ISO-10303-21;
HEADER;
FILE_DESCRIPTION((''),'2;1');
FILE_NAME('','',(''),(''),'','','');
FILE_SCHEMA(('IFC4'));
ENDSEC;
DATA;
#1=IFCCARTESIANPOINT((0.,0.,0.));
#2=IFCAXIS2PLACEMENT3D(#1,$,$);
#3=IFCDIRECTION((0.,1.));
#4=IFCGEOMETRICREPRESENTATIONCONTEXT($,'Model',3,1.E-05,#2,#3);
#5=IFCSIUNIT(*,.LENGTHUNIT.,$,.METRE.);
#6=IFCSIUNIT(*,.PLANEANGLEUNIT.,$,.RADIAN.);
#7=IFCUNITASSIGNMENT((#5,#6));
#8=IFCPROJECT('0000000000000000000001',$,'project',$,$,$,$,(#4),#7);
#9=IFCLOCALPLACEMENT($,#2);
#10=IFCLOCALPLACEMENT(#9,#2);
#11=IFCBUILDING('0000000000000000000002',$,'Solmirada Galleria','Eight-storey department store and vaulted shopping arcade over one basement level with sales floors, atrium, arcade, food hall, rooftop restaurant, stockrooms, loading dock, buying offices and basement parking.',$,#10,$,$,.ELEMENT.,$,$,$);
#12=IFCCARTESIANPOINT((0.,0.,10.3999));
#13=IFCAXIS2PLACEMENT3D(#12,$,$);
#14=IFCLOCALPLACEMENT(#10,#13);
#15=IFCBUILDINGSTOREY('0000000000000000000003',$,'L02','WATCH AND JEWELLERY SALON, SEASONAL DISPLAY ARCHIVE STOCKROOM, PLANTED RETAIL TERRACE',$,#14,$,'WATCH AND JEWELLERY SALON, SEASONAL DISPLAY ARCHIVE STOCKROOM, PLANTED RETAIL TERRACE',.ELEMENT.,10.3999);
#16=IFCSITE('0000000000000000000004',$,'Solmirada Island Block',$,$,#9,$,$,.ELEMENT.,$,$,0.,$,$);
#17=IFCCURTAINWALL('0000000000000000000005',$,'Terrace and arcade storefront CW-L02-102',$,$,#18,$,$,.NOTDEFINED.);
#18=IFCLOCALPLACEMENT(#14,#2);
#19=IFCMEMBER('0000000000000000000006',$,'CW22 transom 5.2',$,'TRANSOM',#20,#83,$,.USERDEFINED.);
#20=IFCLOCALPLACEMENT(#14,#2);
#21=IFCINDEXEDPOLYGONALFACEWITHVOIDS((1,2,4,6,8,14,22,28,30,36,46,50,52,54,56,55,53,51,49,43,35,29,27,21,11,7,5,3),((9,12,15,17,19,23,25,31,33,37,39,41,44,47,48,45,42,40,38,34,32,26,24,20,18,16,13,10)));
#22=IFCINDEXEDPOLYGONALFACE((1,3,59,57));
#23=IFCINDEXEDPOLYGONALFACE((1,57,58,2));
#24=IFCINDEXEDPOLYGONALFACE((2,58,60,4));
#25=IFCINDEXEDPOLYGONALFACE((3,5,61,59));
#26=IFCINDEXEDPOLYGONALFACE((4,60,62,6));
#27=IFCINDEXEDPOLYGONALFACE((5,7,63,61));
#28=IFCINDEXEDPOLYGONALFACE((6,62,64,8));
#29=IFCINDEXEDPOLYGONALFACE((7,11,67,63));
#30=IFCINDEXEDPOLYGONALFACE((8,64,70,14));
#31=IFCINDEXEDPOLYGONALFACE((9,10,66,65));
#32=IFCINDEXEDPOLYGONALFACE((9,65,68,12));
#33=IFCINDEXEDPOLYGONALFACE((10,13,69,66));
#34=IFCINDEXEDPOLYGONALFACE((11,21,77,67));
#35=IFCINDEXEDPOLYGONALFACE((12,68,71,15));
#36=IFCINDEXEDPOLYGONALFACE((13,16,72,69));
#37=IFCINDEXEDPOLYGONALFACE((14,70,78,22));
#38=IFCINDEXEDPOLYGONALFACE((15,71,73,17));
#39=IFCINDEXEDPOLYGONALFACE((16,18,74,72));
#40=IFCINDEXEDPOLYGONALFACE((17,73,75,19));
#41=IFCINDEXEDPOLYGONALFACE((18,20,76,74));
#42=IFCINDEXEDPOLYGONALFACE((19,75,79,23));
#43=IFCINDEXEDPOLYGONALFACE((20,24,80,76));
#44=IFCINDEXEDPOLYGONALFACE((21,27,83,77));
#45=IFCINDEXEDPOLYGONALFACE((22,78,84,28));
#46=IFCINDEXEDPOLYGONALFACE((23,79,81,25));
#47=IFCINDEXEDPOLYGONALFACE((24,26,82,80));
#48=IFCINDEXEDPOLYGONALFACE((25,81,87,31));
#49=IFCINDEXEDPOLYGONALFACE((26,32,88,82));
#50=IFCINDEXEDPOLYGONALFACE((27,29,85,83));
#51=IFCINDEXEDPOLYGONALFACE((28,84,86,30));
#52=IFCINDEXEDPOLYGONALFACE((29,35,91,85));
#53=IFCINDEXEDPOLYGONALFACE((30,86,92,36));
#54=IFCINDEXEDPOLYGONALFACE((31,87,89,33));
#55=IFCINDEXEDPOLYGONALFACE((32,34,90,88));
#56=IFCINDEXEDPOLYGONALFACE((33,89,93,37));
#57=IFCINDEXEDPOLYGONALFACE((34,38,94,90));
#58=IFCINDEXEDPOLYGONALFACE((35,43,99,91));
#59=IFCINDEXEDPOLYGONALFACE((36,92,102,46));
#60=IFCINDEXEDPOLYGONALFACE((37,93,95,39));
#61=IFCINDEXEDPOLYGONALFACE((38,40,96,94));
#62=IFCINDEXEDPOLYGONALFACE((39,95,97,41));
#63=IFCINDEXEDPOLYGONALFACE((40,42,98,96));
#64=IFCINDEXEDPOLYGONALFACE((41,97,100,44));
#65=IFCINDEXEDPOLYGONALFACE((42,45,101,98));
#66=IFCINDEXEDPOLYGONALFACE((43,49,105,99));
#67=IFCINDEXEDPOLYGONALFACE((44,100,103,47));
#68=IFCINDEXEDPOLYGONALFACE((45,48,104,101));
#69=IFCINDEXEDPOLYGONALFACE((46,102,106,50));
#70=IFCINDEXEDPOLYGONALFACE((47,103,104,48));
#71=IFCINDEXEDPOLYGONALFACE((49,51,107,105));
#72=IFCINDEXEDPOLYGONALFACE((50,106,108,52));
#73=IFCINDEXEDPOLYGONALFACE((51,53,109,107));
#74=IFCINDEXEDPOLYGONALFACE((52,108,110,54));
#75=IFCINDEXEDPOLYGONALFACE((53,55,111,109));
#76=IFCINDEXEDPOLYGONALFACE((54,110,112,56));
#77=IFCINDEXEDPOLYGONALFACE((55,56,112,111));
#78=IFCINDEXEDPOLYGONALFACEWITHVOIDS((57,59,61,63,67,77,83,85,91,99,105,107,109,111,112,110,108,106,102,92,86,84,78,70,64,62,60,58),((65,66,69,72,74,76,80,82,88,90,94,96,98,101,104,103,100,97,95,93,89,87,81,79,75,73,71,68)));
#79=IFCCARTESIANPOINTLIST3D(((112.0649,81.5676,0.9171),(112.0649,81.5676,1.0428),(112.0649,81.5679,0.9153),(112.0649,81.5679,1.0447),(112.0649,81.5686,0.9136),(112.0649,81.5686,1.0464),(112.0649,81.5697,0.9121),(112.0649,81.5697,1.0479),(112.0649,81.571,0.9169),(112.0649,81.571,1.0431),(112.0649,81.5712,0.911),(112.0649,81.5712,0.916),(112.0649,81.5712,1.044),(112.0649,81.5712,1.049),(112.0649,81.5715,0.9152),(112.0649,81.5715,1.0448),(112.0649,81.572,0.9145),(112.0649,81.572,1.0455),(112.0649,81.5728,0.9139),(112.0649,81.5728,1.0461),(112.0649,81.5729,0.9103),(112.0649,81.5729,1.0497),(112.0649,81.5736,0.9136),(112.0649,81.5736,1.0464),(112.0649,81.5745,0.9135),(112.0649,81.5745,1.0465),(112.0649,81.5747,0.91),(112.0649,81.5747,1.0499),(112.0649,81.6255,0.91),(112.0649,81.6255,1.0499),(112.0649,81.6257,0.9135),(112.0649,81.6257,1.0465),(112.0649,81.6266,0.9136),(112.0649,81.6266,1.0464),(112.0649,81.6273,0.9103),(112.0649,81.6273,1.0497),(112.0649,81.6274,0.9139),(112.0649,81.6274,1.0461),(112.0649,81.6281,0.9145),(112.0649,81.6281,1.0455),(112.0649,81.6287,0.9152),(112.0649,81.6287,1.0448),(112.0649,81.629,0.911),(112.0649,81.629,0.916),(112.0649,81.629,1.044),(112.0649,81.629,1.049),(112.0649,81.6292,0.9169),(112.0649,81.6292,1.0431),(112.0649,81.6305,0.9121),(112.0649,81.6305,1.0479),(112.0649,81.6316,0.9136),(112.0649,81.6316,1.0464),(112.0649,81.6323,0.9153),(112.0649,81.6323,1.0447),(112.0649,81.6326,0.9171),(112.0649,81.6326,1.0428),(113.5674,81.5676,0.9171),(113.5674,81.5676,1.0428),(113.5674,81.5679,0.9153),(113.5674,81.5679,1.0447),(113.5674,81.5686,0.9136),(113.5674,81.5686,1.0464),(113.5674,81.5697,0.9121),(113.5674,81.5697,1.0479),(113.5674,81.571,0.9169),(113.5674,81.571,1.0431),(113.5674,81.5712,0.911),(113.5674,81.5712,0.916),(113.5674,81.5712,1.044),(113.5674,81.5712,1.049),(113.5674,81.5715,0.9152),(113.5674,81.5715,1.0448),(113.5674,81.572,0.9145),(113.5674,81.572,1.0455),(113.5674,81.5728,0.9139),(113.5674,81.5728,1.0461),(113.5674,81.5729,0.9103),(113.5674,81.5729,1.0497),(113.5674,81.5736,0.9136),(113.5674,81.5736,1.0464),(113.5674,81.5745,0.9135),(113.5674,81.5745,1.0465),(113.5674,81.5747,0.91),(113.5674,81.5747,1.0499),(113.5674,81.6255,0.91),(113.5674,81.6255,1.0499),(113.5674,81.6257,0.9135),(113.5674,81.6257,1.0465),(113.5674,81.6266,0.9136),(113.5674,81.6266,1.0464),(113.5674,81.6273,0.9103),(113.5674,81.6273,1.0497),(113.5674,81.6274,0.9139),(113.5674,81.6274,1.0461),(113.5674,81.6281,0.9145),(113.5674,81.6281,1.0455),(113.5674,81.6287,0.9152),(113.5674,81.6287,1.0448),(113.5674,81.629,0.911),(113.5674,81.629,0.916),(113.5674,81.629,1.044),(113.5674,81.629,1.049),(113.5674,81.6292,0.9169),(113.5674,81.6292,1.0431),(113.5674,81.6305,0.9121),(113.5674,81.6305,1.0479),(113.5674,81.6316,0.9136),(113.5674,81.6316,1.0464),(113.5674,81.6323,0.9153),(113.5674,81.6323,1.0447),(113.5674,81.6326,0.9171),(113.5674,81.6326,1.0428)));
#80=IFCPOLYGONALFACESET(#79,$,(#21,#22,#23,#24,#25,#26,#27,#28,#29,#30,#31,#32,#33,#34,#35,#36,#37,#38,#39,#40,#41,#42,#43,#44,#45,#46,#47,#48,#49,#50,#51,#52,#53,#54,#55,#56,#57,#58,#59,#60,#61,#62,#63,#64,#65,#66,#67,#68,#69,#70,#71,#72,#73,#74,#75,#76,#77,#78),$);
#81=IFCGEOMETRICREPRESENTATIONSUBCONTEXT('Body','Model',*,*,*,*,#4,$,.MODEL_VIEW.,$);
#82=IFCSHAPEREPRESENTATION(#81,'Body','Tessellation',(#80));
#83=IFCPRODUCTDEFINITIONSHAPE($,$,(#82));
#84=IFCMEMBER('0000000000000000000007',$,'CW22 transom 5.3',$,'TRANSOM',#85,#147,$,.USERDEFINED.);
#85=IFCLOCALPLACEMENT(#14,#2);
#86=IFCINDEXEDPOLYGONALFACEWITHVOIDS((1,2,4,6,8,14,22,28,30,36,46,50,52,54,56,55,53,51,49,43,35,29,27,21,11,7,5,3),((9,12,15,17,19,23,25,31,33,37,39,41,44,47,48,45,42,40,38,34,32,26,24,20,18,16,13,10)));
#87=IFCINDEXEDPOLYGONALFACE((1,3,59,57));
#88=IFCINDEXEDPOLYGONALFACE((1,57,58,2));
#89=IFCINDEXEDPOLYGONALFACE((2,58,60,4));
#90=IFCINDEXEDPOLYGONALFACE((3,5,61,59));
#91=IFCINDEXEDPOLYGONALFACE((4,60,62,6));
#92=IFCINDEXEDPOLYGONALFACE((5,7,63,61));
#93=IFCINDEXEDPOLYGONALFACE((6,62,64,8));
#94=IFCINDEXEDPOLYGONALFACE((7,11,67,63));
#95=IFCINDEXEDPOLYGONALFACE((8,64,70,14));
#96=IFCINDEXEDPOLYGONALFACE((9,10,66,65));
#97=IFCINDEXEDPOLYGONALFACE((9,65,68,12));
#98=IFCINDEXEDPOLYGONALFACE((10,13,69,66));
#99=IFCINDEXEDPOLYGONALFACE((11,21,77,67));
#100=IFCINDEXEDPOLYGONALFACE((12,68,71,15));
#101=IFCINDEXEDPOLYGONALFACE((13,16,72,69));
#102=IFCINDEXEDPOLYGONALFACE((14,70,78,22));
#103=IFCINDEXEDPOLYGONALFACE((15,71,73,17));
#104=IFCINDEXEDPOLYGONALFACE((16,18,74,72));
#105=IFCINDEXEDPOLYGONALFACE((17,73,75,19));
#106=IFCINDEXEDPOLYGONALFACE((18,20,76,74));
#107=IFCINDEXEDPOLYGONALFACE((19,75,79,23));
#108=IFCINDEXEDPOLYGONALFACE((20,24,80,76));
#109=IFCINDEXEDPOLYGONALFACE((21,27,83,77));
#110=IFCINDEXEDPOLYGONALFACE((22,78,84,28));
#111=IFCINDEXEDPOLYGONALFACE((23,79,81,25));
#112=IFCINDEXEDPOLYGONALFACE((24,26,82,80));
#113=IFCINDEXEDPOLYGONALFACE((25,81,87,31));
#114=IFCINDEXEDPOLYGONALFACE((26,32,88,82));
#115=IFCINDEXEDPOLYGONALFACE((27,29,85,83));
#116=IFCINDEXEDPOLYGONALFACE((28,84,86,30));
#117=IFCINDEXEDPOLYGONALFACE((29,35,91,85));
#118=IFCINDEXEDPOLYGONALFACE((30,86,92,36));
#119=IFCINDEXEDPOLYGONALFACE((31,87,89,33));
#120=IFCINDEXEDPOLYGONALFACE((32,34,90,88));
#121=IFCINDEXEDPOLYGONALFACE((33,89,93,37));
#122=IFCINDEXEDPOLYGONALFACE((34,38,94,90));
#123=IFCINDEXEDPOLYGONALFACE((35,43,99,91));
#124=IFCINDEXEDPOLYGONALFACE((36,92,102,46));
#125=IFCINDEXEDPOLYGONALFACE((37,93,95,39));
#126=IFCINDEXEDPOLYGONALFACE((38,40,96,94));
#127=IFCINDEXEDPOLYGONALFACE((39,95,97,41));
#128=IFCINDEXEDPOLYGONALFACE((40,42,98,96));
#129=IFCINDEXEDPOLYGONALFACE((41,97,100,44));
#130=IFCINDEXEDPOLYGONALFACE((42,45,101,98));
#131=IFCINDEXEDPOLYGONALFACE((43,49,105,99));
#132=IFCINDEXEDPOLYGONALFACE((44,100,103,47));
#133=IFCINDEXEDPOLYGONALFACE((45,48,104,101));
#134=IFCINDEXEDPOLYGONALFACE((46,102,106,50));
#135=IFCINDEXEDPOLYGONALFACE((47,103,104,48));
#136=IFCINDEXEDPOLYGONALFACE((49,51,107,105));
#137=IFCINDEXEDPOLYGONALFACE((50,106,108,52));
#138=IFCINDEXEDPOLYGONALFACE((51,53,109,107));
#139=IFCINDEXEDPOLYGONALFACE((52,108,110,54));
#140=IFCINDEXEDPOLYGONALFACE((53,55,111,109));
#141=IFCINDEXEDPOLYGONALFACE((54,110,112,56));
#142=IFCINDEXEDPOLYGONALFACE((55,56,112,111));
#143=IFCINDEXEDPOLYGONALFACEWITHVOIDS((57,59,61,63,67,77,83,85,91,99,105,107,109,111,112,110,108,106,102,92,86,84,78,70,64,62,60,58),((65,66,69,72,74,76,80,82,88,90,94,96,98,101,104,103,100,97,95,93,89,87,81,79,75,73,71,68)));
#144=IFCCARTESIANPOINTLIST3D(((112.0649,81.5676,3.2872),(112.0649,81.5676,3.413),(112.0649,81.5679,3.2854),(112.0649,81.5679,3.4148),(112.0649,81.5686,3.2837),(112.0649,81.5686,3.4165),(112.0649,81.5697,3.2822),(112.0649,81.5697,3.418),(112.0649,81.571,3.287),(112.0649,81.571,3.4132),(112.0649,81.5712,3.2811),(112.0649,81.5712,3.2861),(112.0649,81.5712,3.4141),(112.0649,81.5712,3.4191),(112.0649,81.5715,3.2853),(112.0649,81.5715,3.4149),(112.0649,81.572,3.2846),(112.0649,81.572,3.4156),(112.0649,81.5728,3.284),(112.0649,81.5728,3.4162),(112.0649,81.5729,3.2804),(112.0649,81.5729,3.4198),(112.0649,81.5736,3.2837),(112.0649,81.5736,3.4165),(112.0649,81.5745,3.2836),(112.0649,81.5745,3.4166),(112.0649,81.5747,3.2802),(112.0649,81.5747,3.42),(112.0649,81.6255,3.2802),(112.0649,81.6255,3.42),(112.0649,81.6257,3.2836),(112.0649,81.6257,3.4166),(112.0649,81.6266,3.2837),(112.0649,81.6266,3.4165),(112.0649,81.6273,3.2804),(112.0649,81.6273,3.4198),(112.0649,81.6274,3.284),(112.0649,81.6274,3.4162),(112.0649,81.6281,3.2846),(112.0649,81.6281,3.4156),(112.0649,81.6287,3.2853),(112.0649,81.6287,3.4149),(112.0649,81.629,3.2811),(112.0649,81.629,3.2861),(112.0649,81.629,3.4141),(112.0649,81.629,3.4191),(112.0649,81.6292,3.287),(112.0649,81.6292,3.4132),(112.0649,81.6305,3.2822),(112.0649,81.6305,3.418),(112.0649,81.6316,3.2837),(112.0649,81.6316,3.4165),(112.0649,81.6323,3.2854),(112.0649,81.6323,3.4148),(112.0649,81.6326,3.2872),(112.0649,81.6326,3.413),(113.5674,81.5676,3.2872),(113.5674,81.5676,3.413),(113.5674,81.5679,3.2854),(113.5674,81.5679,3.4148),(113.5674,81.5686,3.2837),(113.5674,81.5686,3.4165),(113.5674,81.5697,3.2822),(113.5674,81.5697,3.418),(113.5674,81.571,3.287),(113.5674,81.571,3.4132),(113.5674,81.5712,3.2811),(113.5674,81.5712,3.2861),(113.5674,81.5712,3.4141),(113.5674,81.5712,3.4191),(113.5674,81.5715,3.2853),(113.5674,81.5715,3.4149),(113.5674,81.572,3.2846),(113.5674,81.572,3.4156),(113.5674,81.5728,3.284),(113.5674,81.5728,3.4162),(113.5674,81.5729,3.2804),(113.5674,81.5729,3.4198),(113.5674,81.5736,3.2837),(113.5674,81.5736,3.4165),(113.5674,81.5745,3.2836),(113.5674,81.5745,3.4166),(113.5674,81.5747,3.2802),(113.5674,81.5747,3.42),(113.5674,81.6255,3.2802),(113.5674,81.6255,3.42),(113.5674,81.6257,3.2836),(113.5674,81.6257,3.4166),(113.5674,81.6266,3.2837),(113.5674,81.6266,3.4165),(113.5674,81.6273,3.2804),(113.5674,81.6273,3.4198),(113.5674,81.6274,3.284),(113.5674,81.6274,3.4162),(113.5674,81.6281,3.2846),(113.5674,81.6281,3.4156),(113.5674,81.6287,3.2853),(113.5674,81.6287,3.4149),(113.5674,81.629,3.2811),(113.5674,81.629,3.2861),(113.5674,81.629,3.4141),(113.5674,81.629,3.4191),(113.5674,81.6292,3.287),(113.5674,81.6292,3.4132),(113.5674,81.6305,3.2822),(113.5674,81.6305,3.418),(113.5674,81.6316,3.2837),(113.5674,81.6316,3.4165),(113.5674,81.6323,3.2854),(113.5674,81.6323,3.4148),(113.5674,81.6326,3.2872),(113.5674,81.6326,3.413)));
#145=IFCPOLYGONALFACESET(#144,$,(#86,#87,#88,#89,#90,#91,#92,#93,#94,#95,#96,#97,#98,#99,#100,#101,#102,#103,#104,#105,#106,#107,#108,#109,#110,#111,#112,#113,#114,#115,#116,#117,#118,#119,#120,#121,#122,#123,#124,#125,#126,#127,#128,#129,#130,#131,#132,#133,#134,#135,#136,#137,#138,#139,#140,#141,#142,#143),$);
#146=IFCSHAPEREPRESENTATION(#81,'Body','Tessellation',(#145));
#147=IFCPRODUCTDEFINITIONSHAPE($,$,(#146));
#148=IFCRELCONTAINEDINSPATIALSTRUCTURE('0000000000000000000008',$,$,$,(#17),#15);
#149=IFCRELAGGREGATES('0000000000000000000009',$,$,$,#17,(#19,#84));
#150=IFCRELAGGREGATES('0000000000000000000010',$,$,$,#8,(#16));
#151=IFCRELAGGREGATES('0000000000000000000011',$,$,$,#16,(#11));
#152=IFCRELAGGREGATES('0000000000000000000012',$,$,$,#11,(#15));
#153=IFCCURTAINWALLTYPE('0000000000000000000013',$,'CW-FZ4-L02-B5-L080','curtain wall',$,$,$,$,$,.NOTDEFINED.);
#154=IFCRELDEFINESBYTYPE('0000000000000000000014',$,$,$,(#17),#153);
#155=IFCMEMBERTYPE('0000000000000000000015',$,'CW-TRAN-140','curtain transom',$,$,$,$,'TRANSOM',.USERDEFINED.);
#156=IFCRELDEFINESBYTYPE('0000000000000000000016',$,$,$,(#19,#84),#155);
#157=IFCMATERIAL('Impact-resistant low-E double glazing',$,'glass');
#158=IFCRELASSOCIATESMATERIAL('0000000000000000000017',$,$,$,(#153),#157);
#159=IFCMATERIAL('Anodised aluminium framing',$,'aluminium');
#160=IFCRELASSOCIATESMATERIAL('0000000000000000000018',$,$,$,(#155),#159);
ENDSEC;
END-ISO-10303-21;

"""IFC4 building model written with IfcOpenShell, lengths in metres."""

from ifc_helpers import new_model, si_unit, direction, frame, origin, origin_2d, place, context, subcontext, project, spatial, hollow_rectangle, extrude, material, material_profile, profile_set, type_object, element, aggregate, save


model = new_model("IFC4")

# Units and contexts
model_context = context("Model", 3, precision=1e-05, world=origin(), true_north=direction((0.0, 1.0)))
body_context = subcontext(model_context, "Body", "Model", "MODEL_VIEW")
ifc_project = project(units=[si_unit("LENGTHUNIT", "METRE"), si_unit("PLANEANGLEUNIT", "RADIAN")], contexts=[model_context])

# Site, building, storey
site_placement = place(None, origin())
site = spatial("IfcSite", under=ifc_project, at=site_placement, Name="Solmirada Island Block", CompositionType="ELEMENT", RefElevation=0.0)
building_placement = place(site_placement, origin())
building = spatial("IfcBuilding", under=site, at=building_placement, Name="Solmirada Galleria", Description="Eight-storey department store and vaulted shopping arcade over one basement level with sales floors, atrium, arcade, food hall, rooftop restaurant, stockrooms, loading dock, buying offices and basement parking.", CompositionType="ELEMENT")
storey_placement = place(building_placement, frame((0.0, 0.0, 10.3999)))
storey = spatial("IfcBuildingStorey", under=building, at=storey_placement, Name="L02", Description="WATCH AND JEWELLERY SALON, SEASONAL DISPLAY ARCHIVE STOCKROOM, PLANTED RETAIL TERRACE", LongName="WATCH AND JEWELLERY SALON, SEASONAL DISPLAY ARCHIVE STOCKROOM, PLANTED RETAIL TERRACE", CompositionType="ELEMENT", Elevation=10.3999)

# Curtain wall
ifc_material_1 = material(Name="Impact-resistant low-E double glazing", Category="glass")
curtain_wall_type_1 = type_object("IfcCurtainWallType", Name="CW-FZ4-L02-B5-L080", Description="curtain wall", PredefinedType="NOTDEFINED", material=ifc_material_1)
curtain_wall_1_placement = place(storey_placement, origin())
curtain_wall_1 = element("IfcCurtainWall", 1, at=curtain_wall_1_placement, inside=storey, type_object=curtain_wall_type_1, Name="Terrace and arcade storefront CW-L02-102", PredefinedType="NOTDEFINED")
ifc_material_2 = material(Name="Anodised aluminium framing", Category="aluminium")

# Members
ifc_material_profile_1 = material_profile(ifc_material_2, hollow_rectangle(XDim=0.0649, YDim=0.1399, WallThickness=0.0034, InnerFilletRadius=0.0034, OuterFilletRadius=0.0071, at=origin_2d()), Name="ALU-TRAN-140X65")
ifc_profile_set_1 = profile_set([ifc_material_profile_1], Name="Anodised aluminium framing")
member_type_1 = type_object("IfcMemberType", Name="CW-TRAN-140", Description="curtain transom", ElementType="TRANSOM", PredefinedType="USERDEFINED", material=ifc_profile_set_1)
member_1_placement = place(storey_placement, frame((113.5674, 81.6001, 0.98), z_axis=(-1.0, 0.0, 0.0), x_axis=(0.0, -1.0, 0.0)))
member_1 = element("IfcMember", 2, at=member_1_placement, type_object=member_type_1, Name="CW22 transom 5.2", ObjectType="TRANSOM", PredefinedType="USERDEFINED", context=body_context, shape_type="SweptSolid", body=[
    extrude(hollow_rectangle(XDim=0.0649, YDim=0.1399, WallThickness=0.0034, InnerFilletRadius=0.0034, OuterFilletRadius=0.0071, at=origin_2d()), origin(), (0.0, 0.0, 1.0), 1.5024),
])
member_2_placement = place(storey_placement, frame((113.5674, 81.6001, 3.3501), z_axis=(-1.0, 0.0, 0.0), x_axis=(0.0, -1.0, 0.0)))
member_2 = element("IfcMember", 3, at=member_2_placement, type_object=member_type_1, Name="CW22 transom 5.3", ObjectType="TRANSOM", PredefinedType="USERDEFINED", context=body_context, shape_type="SweptSolid", body=[
    extrude(hollow_rectangle(XDim=0.0649, YDim=0.1399, WallThickness=0.0034, InnerFilletRadius=0.0034, OuterFilletRadius=0.0071, at=origin_2d()), origin(), (0.0, 0.0, 1.0), 1.5024),
])

aggregate(curtain_wall_1, [member_1, member_2])

save(model, "model.ifc")
